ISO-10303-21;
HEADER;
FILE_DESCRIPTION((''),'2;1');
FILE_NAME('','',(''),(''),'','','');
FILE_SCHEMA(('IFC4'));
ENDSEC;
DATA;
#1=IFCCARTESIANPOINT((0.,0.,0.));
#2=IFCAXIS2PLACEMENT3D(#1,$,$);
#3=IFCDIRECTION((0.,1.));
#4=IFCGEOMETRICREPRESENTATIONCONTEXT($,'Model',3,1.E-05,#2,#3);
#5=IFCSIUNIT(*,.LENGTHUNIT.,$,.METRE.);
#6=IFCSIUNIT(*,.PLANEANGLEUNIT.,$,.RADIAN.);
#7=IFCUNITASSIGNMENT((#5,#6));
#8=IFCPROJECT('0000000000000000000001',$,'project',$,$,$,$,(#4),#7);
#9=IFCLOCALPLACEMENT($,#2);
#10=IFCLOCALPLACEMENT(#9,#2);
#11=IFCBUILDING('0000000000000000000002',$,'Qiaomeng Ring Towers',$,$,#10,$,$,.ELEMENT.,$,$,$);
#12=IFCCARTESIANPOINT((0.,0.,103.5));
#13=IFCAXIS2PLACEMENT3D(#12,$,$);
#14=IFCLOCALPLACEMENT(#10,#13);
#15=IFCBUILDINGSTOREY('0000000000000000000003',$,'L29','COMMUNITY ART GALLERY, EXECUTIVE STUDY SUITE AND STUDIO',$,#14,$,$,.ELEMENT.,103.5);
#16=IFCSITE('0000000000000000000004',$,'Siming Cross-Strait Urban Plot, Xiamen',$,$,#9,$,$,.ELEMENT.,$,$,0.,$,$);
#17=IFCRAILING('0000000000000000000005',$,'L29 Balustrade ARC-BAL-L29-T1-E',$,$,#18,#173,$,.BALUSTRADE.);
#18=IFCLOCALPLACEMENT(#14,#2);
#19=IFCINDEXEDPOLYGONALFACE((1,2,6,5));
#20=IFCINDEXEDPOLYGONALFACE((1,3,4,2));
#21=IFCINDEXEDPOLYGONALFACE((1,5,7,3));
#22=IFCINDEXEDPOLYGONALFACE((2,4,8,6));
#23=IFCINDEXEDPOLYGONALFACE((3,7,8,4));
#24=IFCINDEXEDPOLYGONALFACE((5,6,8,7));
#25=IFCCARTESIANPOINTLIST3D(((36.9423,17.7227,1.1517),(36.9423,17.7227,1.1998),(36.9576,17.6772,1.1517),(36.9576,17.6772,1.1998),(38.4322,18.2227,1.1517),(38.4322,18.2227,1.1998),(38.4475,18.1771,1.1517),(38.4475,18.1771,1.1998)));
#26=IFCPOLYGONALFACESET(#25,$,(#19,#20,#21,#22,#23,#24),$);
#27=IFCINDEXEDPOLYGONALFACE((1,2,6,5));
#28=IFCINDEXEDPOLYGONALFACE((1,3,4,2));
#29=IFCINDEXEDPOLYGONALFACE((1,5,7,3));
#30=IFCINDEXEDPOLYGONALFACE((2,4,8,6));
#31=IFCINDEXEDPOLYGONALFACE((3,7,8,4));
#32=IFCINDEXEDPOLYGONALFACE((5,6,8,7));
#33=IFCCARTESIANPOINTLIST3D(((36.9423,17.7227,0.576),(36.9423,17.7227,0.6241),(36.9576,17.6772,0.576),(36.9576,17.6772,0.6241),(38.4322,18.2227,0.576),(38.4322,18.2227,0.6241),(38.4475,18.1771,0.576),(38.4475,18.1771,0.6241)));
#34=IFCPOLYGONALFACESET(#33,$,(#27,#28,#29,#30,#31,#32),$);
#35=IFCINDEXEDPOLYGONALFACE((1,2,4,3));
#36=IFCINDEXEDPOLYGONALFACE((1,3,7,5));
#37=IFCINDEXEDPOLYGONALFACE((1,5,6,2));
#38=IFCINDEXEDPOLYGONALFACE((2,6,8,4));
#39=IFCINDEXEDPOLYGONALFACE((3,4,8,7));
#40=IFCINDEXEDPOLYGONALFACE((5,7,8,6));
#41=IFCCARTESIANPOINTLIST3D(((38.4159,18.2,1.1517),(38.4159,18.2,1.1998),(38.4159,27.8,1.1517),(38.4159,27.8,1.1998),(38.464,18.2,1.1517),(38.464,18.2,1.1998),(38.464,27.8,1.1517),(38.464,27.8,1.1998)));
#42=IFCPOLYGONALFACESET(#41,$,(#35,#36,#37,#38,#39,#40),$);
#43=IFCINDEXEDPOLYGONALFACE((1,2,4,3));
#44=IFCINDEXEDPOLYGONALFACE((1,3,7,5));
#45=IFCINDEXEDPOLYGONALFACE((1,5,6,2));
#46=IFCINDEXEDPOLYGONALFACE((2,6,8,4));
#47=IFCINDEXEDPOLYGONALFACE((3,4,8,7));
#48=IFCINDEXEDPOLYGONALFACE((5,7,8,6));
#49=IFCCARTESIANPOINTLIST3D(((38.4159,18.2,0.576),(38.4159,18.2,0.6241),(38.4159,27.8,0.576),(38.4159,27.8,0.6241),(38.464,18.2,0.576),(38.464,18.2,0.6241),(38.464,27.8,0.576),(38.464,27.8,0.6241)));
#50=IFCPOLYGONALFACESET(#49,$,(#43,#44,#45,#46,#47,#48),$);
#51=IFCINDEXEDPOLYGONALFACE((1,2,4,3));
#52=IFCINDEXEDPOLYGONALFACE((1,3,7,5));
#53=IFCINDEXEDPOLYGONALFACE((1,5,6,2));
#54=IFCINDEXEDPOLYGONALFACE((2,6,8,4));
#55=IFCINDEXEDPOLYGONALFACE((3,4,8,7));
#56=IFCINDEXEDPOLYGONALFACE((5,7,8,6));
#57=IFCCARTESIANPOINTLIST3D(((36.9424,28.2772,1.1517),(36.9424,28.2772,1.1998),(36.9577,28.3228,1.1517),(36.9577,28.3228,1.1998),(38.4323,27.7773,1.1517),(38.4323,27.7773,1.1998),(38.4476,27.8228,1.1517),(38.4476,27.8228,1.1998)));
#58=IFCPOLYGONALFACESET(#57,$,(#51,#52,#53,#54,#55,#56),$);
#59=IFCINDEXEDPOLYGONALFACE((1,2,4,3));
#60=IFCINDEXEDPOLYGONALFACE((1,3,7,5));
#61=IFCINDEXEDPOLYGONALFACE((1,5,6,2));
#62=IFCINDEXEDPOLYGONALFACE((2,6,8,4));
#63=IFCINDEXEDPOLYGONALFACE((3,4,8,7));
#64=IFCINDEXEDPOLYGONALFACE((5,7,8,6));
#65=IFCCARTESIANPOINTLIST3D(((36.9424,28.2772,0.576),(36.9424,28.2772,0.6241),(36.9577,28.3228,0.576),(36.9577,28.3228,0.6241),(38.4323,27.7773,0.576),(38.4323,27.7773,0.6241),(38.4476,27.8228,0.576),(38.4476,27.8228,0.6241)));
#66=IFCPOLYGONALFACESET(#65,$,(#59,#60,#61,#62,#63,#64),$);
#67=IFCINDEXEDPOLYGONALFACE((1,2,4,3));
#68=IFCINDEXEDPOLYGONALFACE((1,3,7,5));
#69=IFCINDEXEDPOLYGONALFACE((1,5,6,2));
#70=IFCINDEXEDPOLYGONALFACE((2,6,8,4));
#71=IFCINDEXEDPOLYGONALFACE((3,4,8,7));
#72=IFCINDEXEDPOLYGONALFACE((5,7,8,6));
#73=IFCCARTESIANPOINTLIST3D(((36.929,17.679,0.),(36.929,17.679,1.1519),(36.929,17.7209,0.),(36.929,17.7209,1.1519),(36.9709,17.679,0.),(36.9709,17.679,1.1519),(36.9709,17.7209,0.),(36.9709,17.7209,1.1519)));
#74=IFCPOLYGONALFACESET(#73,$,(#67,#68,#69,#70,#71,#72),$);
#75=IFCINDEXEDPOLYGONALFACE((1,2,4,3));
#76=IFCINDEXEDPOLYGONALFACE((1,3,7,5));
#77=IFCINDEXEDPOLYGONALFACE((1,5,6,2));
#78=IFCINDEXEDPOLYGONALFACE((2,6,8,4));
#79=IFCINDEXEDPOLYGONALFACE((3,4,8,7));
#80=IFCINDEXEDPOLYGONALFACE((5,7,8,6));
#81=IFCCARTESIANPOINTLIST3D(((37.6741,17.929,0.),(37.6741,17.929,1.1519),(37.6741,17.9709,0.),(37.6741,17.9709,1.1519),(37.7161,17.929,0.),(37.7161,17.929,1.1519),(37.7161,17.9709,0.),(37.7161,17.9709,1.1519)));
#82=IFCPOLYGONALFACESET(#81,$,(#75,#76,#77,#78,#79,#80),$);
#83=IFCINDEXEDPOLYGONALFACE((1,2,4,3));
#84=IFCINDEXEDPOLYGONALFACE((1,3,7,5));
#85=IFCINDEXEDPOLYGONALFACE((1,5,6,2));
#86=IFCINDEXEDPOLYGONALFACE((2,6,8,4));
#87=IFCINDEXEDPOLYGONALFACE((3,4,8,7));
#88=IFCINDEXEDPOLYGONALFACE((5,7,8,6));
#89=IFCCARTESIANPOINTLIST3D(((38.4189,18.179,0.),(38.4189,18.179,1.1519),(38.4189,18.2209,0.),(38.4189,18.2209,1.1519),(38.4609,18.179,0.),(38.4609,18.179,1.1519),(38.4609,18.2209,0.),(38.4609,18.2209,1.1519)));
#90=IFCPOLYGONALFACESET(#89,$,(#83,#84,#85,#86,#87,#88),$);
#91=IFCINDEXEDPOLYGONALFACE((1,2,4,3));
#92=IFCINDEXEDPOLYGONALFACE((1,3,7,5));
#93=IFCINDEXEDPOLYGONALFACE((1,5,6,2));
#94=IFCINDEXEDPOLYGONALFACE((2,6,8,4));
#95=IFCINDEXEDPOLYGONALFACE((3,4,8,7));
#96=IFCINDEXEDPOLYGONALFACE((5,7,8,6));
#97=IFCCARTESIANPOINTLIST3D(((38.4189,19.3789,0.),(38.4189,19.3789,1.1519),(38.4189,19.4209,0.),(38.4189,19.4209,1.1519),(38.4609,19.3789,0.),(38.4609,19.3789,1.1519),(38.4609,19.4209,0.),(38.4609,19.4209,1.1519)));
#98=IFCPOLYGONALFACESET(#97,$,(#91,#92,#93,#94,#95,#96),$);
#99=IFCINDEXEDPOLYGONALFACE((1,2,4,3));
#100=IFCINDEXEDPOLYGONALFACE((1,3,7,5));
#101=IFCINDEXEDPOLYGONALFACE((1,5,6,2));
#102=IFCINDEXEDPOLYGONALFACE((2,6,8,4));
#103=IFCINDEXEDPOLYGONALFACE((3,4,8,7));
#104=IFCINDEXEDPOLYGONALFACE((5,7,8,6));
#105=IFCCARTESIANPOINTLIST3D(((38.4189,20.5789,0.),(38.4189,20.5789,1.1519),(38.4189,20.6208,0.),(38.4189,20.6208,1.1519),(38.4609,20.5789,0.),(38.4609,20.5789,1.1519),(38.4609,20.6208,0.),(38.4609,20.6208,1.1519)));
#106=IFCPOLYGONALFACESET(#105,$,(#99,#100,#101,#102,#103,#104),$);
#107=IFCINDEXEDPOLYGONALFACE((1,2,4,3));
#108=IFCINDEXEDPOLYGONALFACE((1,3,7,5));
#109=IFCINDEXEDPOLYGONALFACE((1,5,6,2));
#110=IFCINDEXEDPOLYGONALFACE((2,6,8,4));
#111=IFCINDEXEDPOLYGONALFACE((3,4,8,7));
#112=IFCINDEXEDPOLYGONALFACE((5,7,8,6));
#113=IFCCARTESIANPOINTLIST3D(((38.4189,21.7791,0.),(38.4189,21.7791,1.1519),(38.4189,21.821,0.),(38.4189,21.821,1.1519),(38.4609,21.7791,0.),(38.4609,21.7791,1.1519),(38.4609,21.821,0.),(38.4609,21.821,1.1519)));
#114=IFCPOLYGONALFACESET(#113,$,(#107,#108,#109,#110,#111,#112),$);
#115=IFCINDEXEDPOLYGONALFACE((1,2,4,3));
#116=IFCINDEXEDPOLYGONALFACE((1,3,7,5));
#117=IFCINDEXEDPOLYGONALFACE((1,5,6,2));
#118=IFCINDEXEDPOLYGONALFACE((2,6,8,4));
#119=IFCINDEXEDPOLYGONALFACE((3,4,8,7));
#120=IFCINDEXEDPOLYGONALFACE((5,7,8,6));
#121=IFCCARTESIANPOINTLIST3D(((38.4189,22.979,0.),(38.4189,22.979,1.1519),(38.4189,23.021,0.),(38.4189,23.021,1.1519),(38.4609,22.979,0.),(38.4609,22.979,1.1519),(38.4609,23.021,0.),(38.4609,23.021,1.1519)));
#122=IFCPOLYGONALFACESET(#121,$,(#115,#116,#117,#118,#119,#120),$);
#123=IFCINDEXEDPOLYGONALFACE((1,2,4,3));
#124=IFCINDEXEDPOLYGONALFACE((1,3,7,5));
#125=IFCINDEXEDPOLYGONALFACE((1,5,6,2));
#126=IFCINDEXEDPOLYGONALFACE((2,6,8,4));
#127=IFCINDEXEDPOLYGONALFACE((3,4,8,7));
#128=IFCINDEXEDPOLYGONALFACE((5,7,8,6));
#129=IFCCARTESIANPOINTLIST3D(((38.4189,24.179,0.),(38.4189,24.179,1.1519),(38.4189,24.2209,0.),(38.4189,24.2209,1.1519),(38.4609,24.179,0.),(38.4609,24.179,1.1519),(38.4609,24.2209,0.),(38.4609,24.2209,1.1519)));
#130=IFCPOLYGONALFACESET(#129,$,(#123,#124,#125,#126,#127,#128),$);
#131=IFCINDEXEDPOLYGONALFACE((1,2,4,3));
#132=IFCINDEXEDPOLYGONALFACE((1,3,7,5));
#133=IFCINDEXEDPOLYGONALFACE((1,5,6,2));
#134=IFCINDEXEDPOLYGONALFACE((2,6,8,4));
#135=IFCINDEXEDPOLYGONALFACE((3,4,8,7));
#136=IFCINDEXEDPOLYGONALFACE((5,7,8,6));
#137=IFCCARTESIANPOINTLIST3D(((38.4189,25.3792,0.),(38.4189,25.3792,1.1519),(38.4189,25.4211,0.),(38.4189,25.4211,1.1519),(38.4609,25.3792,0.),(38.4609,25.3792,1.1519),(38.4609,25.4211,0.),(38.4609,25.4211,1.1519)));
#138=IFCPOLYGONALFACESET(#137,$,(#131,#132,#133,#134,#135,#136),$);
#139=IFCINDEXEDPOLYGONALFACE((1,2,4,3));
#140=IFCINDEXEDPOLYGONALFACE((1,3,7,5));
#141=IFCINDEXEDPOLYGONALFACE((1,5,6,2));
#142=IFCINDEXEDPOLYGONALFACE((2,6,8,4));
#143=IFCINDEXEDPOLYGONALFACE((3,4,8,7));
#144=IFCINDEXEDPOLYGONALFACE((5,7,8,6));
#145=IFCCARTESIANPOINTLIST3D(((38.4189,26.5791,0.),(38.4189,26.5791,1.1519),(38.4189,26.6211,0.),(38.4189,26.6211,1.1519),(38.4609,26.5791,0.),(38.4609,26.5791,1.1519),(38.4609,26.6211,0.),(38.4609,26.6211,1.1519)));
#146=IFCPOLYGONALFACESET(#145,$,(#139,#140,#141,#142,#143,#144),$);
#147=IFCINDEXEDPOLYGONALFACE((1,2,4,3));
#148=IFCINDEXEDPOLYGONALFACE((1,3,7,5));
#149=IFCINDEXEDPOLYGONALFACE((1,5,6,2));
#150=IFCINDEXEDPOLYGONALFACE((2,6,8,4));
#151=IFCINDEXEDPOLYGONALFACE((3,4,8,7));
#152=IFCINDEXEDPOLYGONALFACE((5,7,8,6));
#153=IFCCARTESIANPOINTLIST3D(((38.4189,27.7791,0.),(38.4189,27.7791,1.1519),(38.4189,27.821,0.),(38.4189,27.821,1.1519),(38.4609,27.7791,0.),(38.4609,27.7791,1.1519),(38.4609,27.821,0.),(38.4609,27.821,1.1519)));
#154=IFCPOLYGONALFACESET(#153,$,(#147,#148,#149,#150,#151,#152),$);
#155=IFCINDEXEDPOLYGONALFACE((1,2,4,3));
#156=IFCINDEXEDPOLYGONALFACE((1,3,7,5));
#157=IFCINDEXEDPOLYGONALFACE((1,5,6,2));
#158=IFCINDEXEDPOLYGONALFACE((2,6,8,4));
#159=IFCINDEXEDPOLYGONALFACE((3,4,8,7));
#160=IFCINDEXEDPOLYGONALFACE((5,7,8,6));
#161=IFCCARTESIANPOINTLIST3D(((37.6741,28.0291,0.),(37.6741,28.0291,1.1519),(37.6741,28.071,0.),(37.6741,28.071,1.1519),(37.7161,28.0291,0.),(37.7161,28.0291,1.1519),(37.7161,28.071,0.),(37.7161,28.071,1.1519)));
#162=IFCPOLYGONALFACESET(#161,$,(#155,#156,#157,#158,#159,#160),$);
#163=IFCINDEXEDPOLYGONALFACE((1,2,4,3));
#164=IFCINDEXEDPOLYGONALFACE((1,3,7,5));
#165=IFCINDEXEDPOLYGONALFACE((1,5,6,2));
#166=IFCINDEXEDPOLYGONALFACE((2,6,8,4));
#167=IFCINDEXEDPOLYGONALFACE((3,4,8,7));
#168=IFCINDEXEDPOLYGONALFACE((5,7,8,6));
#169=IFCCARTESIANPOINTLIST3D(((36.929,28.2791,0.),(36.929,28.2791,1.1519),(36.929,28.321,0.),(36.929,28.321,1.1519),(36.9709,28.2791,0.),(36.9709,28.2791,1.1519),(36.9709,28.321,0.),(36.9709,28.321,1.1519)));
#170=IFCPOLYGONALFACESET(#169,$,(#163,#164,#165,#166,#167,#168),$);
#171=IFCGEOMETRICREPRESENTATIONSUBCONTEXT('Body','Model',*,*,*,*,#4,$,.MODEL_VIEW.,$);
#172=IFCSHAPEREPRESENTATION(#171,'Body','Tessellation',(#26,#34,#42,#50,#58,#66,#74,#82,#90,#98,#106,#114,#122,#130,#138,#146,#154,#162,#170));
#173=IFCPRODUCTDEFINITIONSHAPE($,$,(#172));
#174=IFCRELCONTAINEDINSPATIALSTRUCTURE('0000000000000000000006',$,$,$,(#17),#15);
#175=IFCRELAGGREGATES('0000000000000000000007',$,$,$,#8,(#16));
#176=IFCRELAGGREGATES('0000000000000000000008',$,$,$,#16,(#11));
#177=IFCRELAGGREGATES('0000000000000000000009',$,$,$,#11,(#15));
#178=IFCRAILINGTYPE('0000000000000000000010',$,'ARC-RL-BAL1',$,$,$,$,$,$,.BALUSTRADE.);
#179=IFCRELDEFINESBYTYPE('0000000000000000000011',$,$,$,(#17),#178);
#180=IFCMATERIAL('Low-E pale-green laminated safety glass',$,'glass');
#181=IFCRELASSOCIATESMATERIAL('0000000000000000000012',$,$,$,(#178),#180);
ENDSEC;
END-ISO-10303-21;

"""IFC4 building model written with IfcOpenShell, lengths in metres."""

from ifc_helpers import new_model, si_unit, direction, frame, origin, origin_2d, place, context, subcontext, project, spatial, rectangle, extrude, material, type_object, element, save


model = new_model("IFC4")

# Units and contexts
model_context = context("Model", 3, precision=1e-05, world=origin(), true_north=direction((0.0, 1.0)))
body_context = subcontext(model_context, "Body", "Model", "MODEL_VIEW")
ifc_project = project(units=[si_unit("LENGTHUNIT", "METRE"), si_unit("PLANEANGLEUNIT", "RADIAN")], contexts=[model_context])

# Site, building, storey
site_placement = place(None, origin())
site = spatial("IfcSite", under=ifc_project, at=site_placement, Name="Siming Cross-Strait Urban Plot, Xiamen", CompositionType="ELEMENT", RefElevation=0.0)
building_placement = place(site_placement, origin())
building = spatial("IfcBuilding", under=site, at=building_placement, Name="Qiaomeng Ring Towers", CompositionType="ELEMENT")
storey_placement = place(building_placement, frame((0.0, 0.0, 103.5)))
storey = spatial("IfcBuildingStorey", under=building, at=storey_placement, Name="L29", Description="COMMUNITY ART GALLERY, EXECUTIVE STUDY SUITE AND STUDIO", CompositionType="ELEMENT", Elevation=103.5)

# Railing
ifc_material_1 = material(Name="Low-E pale-green laminated safety glass", Category="glass")
railing_type = type_object("IfcRailingType", Name="ARC-RL-BAL1", PredefinedType="BALUSTRADE", material=ifc_material_1)
railing_1_placement = place(storey_placement, frame((36.95, 17.7, 0.0)))
element("IfcRailing", 1, at=railing_1_placement, inside=storey, type_object=railing_type, Name="L29 Balustrade ARC-BAL-L29-T1-E", PredefinedType="BALUSTRADE", context=body_context, shape_type="SweptSolid", body=[
    extrude(rectangle(XDim=0.0481, YDim=0.0481, at=origin_2d()), frame((0.0, 0.0, 1.1758), z_axis=(0.948044, 0.318138, 0.0), x_axis=(-0.318138, 0.948044, 0.0)), (0.0, 0.0, 1.0), 1.5715),
    extrude(rectangle(XDim=0.0481, YDim=0.0481, at=origin_2d()), frame((0.0, 0.0, 0.6001), z_axis=(0.948044, 0.318138, 0.0), x_axis=(-0.318138, 0.948044, 0.0)), (0.0, 0.0, 1.0), 1.5715),
    extrude(rectangle(XDim=0.0481, YDim=0.0481, at=origin_2d()), frame((1.49, 0.5, 1.1758), z_axis=(0.0, 1.0, 0.0), x_axis=(-1.0, 0.0, 0.0)), (0.0, 0.0, 1.0), 9.6001),
    extrude(rectangle(XDim=0.0481, YDim=0.0481, at=origin_2d()), frame((1.49, 0.5, 0.6001), z_axis=(0.0, 1.0, 0.0), x_axis=(-1.0, 0.0, 0.0)), (0.0, 0.0, 1.0), 9.6001),
    extrude(rectangle(XDim=0.0481, YDim=0.0481, at=origin_2d()), frame((1.49, 10.1001, 1.1758), z_axis=(-0.948044, 0.318138, 0.0), x_axis=(-0.318138, -0.948044, 0.0)), (0.0, 0.0, 1.0), 1.5715),
    extrude(rectangle(XDim=0.0481, YDim=0.0481, at=origin_2d()), frame((1.49, 10.1001, 0.6001), z_axis=(-0.948044, 0.318138, 0.0), x_axis=(-0.318138, -0.948044, 0.0)), (0.0, 0.0, 1.0), 1.5715),
    extrude(rectangle(XDim=0.042, YDim=0.042, at=origin_2d()), origin(), (0.0, 0.0, 1.0), 1.1519),
    extrude(rectangle(XDim=0.042, YDim=0.042, at=origin_2d()), frame((0.7451, 0.25, 0.0)), (0.0, 0.0, 1.0), 1.1519),
    extrude(rectangle(XDim=0.042, YDim=0.042, at=origin_2d()), frame((1.49, 0.5, 0.0)), (0.0, 0.0, 1.0), 1.1519),
    extrude(rectangle(XDim=0.042, YDim=0.042, at=origin_2d()), frame((1.49, 1.7, 0.0)), (0.0, 0.0, 1.0), 1.1519),
    extrude(rectangle(XDim=0.042, YDim=0.042, at=origin_2d()), frame((1.49, 2.8999, 0.0)), (0.0, 0.0, 1.0), 1.1519),
    extrude(rectangle(XDim=0.042, YDim=0.042, at=origin_2d()), frame((1.49, 4.1001, 0.0)), (0.0, 0.0, 1.0), 1.1519),
    extrude(rectangle(XDim=0.042, YDim=0.042, at=origin_2d()), frame((1.49, 5.3, 0.0)), (0.0, 0.0, 1.0), 1.1519),
    extrude(rectangle(XDim=0.042, YDim=0.042, at=origin_2d()), frame((1.49, 6.5, 0.0)), (0.0, 0.0, 1.0), 1.1519),
    extrude(rectangle(XDim=0.042, YDim=0.042, at=origin_2d()), frame((1.49, 7.7002, 0.0)), (0.0, 0.0, 1.0), 1.1519),
    extrude(rectangle(XDim=0.042, YDim=0.042, at=origin_2d()), frame((1.49, 8.9001, 0.0)), (0.0, 0.0, 1.0), 1.1519),
    extrude(rectangle(XDim=0.042, YDim=0.042, at=origin_2d()), frame((1.49, 10.1001, 0.0)), (0.0, 0.0, 1.0), 1.1519),
    extrude(rectangle(XDim=0.042, YDim=0.042, at=origin_2d()), frame((0.7451, 10.3501, 0.0)), (0.0, 0.0, 1.0), 1.1519),
    extrude(rectangle(XDim=0.042, YDim=0.042, at=origin_2d()), frame((0.0, 10.6001, 0.0)), (0.0, 0.0, 1.0), 1.1519),
])

save(model, "model.ifc")
